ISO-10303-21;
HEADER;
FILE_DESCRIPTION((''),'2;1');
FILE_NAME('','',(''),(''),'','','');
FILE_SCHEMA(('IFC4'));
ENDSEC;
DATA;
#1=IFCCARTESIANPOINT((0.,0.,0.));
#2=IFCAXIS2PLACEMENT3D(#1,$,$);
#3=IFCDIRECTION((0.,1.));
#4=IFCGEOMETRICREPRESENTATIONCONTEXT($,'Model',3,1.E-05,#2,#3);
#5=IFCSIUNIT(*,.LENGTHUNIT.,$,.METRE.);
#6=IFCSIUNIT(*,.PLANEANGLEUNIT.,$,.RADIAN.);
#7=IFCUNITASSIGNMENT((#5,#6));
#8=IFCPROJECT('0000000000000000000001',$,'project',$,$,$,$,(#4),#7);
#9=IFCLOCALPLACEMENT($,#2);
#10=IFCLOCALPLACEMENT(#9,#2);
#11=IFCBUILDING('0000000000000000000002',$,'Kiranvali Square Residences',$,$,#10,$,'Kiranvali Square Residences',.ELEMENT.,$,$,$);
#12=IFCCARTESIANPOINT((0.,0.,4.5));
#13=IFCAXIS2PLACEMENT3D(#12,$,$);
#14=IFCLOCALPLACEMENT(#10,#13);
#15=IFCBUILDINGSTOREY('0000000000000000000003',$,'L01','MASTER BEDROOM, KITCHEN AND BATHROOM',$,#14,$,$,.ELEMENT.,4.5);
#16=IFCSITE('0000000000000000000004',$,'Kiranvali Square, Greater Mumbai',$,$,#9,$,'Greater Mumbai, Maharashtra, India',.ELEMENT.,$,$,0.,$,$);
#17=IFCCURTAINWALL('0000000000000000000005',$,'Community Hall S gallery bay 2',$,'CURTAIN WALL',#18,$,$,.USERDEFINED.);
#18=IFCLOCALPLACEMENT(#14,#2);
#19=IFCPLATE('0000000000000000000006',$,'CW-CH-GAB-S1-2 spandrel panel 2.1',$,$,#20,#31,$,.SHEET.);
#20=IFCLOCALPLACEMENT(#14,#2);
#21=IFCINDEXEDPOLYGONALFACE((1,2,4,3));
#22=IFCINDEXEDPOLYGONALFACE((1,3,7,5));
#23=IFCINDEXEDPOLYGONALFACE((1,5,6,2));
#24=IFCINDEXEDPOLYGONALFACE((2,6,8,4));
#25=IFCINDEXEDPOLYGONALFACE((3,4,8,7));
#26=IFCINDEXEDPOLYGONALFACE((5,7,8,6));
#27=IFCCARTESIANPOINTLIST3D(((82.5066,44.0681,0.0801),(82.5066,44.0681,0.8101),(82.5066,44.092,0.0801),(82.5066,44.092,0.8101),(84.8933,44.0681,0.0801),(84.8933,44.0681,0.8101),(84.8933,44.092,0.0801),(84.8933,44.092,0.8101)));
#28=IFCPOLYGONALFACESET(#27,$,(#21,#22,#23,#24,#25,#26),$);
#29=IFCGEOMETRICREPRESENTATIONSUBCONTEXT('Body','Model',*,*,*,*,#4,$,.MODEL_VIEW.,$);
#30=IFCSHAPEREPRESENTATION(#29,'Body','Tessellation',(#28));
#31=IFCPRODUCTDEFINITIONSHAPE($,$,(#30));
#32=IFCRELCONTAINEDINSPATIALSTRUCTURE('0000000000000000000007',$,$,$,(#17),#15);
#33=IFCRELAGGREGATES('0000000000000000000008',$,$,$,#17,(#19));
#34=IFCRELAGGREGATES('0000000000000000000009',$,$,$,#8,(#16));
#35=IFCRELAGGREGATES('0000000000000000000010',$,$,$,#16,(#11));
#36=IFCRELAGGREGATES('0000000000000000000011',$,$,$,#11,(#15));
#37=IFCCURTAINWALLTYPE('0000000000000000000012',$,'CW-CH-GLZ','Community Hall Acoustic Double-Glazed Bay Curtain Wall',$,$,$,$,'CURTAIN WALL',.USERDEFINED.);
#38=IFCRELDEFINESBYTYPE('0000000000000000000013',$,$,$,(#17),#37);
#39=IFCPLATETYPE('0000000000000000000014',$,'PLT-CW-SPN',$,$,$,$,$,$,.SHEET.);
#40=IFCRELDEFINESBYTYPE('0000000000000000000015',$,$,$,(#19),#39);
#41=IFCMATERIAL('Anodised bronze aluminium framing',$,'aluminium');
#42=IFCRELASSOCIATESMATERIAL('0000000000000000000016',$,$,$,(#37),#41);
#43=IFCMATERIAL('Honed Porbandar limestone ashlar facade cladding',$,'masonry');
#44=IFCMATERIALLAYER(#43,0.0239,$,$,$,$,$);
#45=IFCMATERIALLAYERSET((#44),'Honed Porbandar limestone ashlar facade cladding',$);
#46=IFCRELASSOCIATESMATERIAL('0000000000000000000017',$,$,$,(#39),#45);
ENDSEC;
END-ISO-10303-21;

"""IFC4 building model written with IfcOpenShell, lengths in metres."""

from ifc_helpers import new_model, si_unit, direction, frame, origin, origin_2d, place, context, subcontext, project, spatial, rectangle, extrude, material, layer, layer_set, type_object, element, aggregate, save


model = new_model("IFC4")

# Units and contexts
model_context = context("Model", 3, precision=1e-05, world=origin(), true_north=direction((0.0, 1.0)))
body_context = subcontext(model_context, "Body", "Model", "MODEL_VIEW")
ifc_project = project(units=[si_unit("LENGTHUNIT", "METRE"), si_unit("PLANEANGLEUNIT", "RADIAN")], contexts=[model_context])

# Site, building, storey
site_placement = place(None, origin())
site = spatial("IfcSite", under=ifc_project, at=site_placement, Name="Kiranvali Square, Greater Mumbai", LongName="Greater Mumbai, Maharashtra, India", CompositionType="ELEMENT", RefElevation=0.0)
building_placement = place(site_placement, origin())
building = spatial("IfcBuilding", under=site, at=building_placement, Name="Kiranvali Square Residences", LongName="Kiranvali Square Residences", CompositionType="ELEMENT")
storey_placement = place(building_placement, frame((0.0, 0.0, 4.5)))
storey = spatial("IfcBuildingStorey", under=building, at=storey_placement, Name="L01", Description="MASTER BEDROOM, KITCHEN AND BATHROOM", CompositionType="ELEMENT", Elevation=4.5)

# Shared definitions
ifc_material_1 = material(Name="Anodised bronze aluminium framing", Category="aluminium")
curtain_wall_type = type_object("IfcCurtainWallType", Name="CW-CH-GLZ", Description="Community Hall Acoustic Double-Glazed Bay Curtain Wall", ElementType="CURTAIN WALL", PredefinedType="USERDEFINED", material=ifc_material_1)

# Curtain wall
curtain_wall_1_placement = place(storey_placement, origin())
curtain_wall_1 = element("IfcCurtainWall", 1, at=curtain_wall_1_placement, inside=storey, type_object=curtain_wall_type, Name="Community Hall S gallery bay 2", ObjectType="CURTAIN WALL", PredefinedType="USERDEFINED")

# Plate
ifc_material_2 = material(Name="Honed Porbandar limestone ashlar facade cladding", Category="masonry")
ifc_layer_1 = layer(ifc_material_2, 0.0239)
ifc_layer_set_1 = layer_set([ifc_layer_1], Name="Honed Porbandar limestone ashlar facade cladding")
plate_type_1 = type_object("IfcPlateType", Name="PLT-CW-SPN", PredefinedType="SHEET", material=ifc_layer_set_1)
plate_1_placement = place(storey_placement, frame((83.7, 44.0801, 0.0801), z_axis=(0.0, 0.0, 1.0), x_axis=(1.0, 0.0, 0.0)))
plate_1 = element("IfcPlate", 2, at=plate_1_placement, type_object=plate_type_1, Name="CW-CH-GAB-S1-2 spandrel panel 2.1", PredefinedType="SHEET", context=body_context, shape_type="SweptSolid", body=[
    extrude(rectangle(XDim=2.3867, YDim=0.0239, at=origin_2d()), origin(), (0.0, 0.0, 1.0), 0.73),
])
aggregate(curtain_wall_1, [plate_1])

save(model, "model.ifc")
